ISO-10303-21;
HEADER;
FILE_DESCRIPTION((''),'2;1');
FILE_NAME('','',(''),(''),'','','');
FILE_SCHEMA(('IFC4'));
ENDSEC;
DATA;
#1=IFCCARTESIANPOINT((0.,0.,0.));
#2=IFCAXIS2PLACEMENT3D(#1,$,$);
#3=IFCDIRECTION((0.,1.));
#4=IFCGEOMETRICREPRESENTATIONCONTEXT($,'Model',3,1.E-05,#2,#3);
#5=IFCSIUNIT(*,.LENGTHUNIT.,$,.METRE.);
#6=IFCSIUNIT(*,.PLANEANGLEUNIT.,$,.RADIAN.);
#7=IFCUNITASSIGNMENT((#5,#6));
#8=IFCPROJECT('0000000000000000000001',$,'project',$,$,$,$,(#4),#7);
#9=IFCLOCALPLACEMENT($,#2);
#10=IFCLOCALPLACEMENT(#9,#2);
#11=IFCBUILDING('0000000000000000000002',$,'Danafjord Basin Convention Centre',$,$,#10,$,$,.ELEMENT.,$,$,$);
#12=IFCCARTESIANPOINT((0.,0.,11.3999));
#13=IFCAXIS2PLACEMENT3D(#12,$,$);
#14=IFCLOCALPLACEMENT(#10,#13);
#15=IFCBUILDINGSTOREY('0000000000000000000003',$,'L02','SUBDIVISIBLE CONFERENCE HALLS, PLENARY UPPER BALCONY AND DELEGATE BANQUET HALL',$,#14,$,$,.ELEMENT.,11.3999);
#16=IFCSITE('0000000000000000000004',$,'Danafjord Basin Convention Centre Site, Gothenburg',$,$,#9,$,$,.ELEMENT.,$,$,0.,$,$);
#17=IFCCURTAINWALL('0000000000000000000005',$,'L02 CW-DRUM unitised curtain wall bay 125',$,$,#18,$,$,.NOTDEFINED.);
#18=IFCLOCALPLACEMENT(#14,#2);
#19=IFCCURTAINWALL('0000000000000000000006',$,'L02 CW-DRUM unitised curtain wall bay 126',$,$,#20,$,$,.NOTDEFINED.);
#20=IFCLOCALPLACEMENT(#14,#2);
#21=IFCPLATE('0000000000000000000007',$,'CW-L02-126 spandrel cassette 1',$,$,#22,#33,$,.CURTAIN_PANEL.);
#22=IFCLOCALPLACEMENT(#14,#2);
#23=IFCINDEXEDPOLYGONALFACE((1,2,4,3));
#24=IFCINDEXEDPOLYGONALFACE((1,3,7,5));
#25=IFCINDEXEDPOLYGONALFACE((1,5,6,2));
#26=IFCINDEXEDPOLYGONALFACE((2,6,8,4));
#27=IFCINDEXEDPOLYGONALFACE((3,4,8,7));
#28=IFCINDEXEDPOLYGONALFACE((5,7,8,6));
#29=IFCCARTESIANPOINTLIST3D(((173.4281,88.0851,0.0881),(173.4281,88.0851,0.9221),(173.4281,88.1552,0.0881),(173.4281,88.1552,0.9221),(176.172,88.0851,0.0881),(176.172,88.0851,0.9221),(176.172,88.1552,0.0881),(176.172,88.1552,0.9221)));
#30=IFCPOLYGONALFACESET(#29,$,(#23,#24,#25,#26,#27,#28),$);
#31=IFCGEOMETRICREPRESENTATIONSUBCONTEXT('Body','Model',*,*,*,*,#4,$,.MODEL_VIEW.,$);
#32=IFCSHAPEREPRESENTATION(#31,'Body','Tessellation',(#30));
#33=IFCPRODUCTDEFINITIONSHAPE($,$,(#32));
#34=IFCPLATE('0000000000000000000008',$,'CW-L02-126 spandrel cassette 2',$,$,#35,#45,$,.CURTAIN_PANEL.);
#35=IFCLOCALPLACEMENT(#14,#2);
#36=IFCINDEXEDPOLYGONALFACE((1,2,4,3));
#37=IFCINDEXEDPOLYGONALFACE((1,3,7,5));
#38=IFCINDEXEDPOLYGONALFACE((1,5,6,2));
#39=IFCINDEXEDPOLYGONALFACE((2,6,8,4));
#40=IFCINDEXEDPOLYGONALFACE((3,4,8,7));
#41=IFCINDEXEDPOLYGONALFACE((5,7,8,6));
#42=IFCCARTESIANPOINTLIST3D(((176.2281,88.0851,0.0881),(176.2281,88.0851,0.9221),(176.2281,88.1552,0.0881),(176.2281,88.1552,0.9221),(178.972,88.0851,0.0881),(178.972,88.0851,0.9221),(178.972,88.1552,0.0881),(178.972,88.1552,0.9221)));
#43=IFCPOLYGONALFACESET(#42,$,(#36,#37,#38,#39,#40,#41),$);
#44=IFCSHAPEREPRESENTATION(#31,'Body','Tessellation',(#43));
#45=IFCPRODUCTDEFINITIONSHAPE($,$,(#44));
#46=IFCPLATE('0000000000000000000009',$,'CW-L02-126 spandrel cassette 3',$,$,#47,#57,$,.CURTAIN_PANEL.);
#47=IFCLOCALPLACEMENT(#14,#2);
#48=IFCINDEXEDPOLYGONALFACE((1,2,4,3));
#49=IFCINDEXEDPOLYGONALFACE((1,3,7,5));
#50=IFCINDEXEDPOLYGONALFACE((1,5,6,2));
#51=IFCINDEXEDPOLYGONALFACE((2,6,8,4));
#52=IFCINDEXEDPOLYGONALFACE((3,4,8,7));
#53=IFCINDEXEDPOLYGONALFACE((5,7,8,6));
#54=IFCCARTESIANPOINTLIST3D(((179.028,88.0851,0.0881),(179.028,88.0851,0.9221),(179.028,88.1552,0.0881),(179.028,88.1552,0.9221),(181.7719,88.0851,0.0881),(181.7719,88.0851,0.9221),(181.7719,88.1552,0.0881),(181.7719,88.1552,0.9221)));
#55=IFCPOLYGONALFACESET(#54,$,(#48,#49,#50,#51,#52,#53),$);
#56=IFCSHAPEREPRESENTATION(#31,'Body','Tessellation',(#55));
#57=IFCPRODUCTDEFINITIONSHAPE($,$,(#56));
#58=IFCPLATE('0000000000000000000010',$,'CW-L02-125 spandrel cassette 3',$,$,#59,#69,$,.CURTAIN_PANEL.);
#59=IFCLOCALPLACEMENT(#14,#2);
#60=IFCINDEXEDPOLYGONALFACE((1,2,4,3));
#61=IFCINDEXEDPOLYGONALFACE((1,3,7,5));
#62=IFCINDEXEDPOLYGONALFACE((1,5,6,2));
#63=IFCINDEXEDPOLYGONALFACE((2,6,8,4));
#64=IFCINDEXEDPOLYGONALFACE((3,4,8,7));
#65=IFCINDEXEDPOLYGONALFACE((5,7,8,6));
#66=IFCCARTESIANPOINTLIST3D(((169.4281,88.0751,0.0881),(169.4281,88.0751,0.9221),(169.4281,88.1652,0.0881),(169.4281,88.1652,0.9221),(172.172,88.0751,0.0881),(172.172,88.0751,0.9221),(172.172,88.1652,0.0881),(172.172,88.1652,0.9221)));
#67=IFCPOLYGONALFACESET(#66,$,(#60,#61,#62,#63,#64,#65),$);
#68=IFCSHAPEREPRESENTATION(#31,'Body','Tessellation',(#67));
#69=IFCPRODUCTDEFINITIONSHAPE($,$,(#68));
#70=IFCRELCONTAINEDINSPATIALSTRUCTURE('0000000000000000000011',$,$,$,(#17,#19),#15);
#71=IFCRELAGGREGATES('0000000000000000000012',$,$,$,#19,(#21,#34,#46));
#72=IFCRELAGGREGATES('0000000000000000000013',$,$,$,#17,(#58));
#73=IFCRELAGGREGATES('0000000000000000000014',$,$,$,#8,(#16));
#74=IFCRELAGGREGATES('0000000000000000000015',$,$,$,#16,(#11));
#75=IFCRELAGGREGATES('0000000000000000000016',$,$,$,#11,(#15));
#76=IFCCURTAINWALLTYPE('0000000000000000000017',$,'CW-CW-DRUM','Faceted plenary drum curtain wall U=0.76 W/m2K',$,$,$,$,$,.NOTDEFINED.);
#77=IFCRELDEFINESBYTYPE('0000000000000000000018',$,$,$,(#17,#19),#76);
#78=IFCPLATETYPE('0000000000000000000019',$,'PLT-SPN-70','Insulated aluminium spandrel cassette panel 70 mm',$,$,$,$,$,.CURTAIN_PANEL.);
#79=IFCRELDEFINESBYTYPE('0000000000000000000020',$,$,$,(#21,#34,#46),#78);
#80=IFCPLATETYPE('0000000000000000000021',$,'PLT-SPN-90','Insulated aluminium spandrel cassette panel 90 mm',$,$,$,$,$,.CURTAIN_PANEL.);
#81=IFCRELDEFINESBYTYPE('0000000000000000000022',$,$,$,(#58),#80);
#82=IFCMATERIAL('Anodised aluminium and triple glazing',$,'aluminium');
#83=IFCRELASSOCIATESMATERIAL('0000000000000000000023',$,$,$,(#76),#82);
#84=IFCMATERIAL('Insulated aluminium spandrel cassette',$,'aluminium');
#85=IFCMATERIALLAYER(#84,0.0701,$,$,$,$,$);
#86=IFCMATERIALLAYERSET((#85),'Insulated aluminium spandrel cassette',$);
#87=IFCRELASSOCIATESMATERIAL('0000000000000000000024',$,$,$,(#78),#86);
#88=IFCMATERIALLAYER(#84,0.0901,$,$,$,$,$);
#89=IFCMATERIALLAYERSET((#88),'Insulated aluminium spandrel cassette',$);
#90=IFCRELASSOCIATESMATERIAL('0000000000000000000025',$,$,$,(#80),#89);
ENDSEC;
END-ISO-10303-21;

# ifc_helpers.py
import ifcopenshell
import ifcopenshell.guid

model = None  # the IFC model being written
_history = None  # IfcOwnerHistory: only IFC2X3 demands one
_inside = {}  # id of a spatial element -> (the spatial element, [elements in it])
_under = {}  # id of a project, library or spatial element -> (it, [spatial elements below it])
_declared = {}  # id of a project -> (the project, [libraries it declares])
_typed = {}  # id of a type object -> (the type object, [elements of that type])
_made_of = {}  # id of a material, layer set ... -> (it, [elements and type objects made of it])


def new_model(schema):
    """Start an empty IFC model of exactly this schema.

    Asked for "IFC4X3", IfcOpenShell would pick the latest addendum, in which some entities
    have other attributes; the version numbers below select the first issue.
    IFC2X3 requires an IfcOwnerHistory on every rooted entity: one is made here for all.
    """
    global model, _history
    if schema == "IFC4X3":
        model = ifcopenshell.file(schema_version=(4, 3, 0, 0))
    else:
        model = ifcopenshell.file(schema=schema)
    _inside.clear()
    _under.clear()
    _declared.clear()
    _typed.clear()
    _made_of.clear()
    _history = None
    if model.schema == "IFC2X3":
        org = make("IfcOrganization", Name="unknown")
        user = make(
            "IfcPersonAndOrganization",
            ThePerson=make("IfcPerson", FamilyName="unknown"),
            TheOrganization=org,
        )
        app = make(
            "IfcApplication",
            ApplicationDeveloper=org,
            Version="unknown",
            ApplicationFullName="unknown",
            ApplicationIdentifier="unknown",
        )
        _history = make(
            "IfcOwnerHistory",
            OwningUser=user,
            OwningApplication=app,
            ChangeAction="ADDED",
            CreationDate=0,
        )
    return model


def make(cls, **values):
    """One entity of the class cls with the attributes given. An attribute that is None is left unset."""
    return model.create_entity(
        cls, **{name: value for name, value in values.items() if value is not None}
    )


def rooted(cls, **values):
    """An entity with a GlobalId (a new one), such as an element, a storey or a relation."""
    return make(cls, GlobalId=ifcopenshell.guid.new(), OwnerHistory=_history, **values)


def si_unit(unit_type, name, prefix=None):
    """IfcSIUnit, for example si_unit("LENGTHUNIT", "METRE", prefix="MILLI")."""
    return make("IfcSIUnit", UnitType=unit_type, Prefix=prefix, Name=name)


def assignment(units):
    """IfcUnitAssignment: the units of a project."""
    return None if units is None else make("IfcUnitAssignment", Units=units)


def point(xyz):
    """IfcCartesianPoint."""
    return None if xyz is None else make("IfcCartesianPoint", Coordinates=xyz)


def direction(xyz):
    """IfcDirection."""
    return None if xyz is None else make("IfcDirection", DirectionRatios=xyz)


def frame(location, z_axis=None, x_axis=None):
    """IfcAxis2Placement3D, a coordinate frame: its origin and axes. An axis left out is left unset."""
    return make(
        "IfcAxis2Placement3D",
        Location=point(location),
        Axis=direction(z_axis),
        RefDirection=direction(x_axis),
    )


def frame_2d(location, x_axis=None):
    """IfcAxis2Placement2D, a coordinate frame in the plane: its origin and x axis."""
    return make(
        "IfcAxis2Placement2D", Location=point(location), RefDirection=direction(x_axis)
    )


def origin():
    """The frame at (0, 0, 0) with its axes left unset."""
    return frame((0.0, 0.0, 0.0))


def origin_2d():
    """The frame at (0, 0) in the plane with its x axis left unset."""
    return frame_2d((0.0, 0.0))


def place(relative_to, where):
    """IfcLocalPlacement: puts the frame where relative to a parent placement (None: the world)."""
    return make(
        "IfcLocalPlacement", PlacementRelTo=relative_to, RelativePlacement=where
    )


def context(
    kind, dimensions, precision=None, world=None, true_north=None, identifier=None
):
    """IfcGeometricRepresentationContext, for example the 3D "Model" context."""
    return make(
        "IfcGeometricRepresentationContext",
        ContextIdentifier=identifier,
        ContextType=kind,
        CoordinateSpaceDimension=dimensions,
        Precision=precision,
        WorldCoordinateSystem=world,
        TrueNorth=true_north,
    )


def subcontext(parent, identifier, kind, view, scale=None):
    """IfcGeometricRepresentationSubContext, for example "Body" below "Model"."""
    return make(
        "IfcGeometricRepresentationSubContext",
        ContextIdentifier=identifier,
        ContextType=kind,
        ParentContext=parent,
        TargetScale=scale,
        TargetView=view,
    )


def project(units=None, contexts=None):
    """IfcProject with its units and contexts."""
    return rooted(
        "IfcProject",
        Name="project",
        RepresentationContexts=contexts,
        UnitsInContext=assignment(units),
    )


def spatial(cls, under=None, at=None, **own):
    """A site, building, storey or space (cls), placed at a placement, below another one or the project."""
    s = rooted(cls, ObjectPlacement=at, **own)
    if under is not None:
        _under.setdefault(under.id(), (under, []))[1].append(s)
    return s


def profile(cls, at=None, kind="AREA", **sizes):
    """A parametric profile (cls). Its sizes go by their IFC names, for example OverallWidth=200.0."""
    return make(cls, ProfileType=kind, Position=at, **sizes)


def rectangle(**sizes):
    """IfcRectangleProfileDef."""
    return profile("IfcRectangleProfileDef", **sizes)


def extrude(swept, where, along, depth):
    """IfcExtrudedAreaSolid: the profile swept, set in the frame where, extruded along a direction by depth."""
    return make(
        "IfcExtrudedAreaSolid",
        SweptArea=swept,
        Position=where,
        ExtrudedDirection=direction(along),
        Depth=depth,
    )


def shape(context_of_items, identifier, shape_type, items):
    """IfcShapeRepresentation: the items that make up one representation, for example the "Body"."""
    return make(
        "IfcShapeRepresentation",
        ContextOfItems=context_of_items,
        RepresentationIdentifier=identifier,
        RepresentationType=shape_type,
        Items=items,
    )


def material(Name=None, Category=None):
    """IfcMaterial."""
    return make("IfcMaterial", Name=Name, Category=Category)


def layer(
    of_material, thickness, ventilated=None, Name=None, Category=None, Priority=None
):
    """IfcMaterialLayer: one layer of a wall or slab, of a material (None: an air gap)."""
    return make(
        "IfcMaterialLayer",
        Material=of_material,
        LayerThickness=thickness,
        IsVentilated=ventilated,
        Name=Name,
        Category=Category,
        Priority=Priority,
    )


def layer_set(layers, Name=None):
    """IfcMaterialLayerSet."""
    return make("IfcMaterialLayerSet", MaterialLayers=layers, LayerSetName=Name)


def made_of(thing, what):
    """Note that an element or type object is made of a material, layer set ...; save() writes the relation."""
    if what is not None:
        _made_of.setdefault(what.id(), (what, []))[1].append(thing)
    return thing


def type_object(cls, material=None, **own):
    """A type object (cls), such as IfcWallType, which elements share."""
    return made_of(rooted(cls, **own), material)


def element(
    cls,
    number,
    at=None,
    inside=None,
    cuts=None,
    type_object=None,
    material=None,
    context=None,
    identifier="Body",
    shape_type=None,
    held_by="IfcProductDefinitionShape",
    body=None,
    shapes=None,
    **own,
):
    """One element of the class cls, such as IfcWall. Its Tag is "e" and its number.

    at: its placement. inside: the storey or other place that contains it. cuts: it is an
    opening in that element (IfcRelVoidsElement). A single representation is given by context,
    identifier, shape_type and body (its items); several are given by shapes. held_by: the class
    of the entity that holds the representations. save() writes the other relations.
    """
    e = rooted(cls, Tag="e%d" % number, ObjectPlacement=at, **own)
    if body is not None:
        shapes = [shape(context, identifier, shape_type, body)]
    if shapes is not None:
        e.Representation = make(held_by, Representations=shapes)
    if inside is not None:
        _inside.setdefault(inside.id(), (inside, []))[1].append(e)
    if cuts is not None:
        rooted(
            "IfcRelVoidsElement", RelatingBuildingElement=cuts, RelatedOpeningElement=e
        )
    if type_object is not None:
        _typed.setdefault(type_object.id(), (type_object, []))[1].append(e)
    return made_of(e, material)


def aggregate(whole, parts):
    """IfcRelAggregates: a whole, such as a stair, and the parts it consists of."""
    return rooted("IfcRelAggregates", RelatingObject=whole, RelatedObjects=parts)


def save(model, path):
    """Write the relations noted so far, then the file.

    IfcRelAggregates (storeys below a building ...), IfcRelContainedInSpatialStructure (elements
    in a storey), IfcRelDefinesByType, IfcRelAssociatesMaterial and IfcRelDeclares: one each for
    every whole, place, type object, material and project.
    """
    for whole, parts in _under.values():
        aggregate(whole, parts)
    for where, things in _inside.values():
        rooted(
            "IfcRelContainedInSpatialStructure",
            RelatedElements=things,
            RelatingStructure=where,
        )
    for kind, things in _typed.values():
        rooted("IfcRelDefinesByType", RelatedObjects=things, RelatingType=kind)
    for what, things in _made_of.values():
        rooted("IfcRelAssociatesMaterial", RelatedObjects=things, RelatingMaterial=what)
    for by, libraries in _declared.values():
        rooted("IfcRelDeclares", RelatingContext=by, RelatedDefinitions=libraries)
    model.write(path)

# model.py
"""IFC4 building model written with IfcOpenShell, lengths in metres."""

from ifc_helpers import new_model, si_unit, direction, frame, origin, origin_2d, place, context, subcontext, project, spatial, rectangle, extrude, material, layer, layer_set, type_object, element, aggregate, save


model = new_model("IFC4")

# Units and contexts
model_context = context("Model", 3, precision=1e-05, world=origin(), true_north=direction((0.0, 1.0)))
body_context = subcontext(model_context, "Body", "Model", "MODEL_VIEW")
ifc_project = project(units=[si_unit("LENGTHUNIT", "METRE"), si_unit("PLANEANGLEUNIT", "RADIAN")], contexts=[model_context])

# Site, building, storey
site_placement = place(None, origin())
site = spatial("IfcSite", under=ifc_project, at=site_placement, Name="Danafjord Basin Convention Centre Site, Gothenburg", CompositionType="ELEMENT", RefElevation=0.0)
building_placement = place(site_placement, origin())
building = spatial("IfcBuilding", under=site, at=building_placement, Name="Danafjord Basin Convention Centre", CompositionType="ELEMENT")
storey_placement = place(building_placement, frame((0.0, 0.0, 11.3999)))
storey = spatial("IfcBuildingStorey", under=building, at=storey_placement, Name="L02", Description="SUBDIVISIBLE CONFERENCE HALLS, PLENARY UPPER BALCONY AND DELEGATE BANQUET HALL", CompositionType="ELEMENT", Elevation=11.3999)

# Curtain wall
ifc_material_1 = material(Name="Anodised aluminium and triple glazing", Category="aluminium")
curtain_wall_type = type_object("IfcCurtainWallType", Name="CW-CW-DRUM", Description="Faceted plenary drum curtain wall U=0.76 W/m2K", PredefinedType="NOTDEFINED", material=ifc_material_1)
curtain_wall_1_placement = place(storey_placement, origin())
curtain_wall_1 = element("IfcCurtainWall", 1, at=curtain_wall_1_placement, inside=storey, type_object=curtain_wall_type, Name="L02 CW-DRUM unitised curtain wall bay 125", PredefinedType="NOTDEFINED")

# Curtain wall
curtain_wall_2_placement = place(storey_placement, origin())
curtain_wall_2 = element("IfcCurtainWall", 2, at=curtain_wall_2_placement, inside=storey, type_object=curtain_wall_type, Name="L02 CW-DRUM unitised curtain wall bay 126", PredefinedType="NOTDEFINED")

# Plates
ifc_material_2 = material(Name="Insulated aluminium spandrel cassette", Category="aluminium")
ifc_layer_1 = layer(ifc_material_2, 0.0701)
ifc_layer_set_1 = layer_set([ifc_layer_1], Name="Insulated aluminium spandrel cassette")
plate_type_1 = type_object("IfcPlateType", Name="PLT-SPN-70", Description="Insulated aluminium spandrel cassette panel 70 mm", PredefinedType="CURTAIN_PANEL", material=ifc_layer_set_1)
plate_1_placement = place(storey_placement, frame((174.8, 88.1201, 0.0881), z_axis=(0.0, 0.0, 1.0), x_axis=(1.0, 0.0, 0.0)))
plate_1 = element("IfcPlate", 3, at=plate_1_placement, type_object=plate_type_1, Name="CW-L02-126 spandrel cassette 1", PredefinedType="CURTAIN_PANEL", context=body_context, shape_type="SweptSolid", body=[
    extrude(rectangle(XDim=2.7439, YDim=0.0701, at=origin_2d()), origin(), (0.0, 0.0, 1.0), 0.834),
])
plate_2_placement = place(storey_placement, frame((177.6001, 88.1201, 0.0881), z_axis=(0.0, 0.0, 1.0), x_axis=(1.0, 0.0, 0.0)))
plate_2 = element("IfcPlate", 4, at=plate_2_placement, type_object=plate_type_1, Name="CW-L02-126 spandrel cassette 2", PredefinedType="CURTAIN_PANEL", context=body_context, shape_type="SweptSolid", body=[
    extrude(rectangle(XDim=2.7439, YDim=0.0701, at=origin_2d()), origin(), (0.0, 0.0, 1.0), 0.834),
])
plate_3_placement = place(storey_placement, frame((180.3999, 88.1201, 0.0881), z_axis=(0.0, 0.0, 1.0), x_axis=(1.0, 0.0, 0.0)))
plate_3 = element("IfcPlate", 5, at=plate_3_placement, type_object=plate_type_1, Name="CW-L02-126 spandrel cassette 3", PredefinedType="CURTAIN_PANEL", context=body_context, shape_type="SweptSolid", body=[
    extrude(rectangle(XDim=2.7439, YDim=0.0701, at=origin_2d()), origin(), (0.0, 0.0, 1.0), 0.834),
])
aggregate(curtain_wall_2, [plate_1, plate_2, plate_3])
ifc_layer_2 = layer(ifc_material_2, 0.0901)
ifc_layer_set_2 = layer_set([ifc_layer_2], Name="Insulated aluminium spandrel cassette")
plate_type_2 = type_object("IfcPlateType", Name="PLT-SPN-90", Description="Insulated aluminium spandrel cassette panel 90 mm", PredefinedType="CURTAIN_PANEL", material=ifc_layer_set_2)
plate_4_placement = place(storey_placement, frame((170.8, 88.1201, 0.0881), z_axis=(0.0, 0.0, 1.0), x_axis=(1.0, 0.0, 0.0)))
plate_4 = element("IfcPlate", 6, at=plate_4_placement, type_object=plate_type_2, Name="CW-L02-125 spandrel cassette 3", PredefinedType="CURTAIN_PANEL", context=body_context, shape_type="SweptSolid", body=[
    extrude(rectangle(XDim=2.7439, YDim=0.0901, at=origin_2d()), origin(), (0.0, 0.0, 1.0), 0.834),
])
aggregate(curtain_wall_1, [plate_4])

save(model, "model.ifc")
